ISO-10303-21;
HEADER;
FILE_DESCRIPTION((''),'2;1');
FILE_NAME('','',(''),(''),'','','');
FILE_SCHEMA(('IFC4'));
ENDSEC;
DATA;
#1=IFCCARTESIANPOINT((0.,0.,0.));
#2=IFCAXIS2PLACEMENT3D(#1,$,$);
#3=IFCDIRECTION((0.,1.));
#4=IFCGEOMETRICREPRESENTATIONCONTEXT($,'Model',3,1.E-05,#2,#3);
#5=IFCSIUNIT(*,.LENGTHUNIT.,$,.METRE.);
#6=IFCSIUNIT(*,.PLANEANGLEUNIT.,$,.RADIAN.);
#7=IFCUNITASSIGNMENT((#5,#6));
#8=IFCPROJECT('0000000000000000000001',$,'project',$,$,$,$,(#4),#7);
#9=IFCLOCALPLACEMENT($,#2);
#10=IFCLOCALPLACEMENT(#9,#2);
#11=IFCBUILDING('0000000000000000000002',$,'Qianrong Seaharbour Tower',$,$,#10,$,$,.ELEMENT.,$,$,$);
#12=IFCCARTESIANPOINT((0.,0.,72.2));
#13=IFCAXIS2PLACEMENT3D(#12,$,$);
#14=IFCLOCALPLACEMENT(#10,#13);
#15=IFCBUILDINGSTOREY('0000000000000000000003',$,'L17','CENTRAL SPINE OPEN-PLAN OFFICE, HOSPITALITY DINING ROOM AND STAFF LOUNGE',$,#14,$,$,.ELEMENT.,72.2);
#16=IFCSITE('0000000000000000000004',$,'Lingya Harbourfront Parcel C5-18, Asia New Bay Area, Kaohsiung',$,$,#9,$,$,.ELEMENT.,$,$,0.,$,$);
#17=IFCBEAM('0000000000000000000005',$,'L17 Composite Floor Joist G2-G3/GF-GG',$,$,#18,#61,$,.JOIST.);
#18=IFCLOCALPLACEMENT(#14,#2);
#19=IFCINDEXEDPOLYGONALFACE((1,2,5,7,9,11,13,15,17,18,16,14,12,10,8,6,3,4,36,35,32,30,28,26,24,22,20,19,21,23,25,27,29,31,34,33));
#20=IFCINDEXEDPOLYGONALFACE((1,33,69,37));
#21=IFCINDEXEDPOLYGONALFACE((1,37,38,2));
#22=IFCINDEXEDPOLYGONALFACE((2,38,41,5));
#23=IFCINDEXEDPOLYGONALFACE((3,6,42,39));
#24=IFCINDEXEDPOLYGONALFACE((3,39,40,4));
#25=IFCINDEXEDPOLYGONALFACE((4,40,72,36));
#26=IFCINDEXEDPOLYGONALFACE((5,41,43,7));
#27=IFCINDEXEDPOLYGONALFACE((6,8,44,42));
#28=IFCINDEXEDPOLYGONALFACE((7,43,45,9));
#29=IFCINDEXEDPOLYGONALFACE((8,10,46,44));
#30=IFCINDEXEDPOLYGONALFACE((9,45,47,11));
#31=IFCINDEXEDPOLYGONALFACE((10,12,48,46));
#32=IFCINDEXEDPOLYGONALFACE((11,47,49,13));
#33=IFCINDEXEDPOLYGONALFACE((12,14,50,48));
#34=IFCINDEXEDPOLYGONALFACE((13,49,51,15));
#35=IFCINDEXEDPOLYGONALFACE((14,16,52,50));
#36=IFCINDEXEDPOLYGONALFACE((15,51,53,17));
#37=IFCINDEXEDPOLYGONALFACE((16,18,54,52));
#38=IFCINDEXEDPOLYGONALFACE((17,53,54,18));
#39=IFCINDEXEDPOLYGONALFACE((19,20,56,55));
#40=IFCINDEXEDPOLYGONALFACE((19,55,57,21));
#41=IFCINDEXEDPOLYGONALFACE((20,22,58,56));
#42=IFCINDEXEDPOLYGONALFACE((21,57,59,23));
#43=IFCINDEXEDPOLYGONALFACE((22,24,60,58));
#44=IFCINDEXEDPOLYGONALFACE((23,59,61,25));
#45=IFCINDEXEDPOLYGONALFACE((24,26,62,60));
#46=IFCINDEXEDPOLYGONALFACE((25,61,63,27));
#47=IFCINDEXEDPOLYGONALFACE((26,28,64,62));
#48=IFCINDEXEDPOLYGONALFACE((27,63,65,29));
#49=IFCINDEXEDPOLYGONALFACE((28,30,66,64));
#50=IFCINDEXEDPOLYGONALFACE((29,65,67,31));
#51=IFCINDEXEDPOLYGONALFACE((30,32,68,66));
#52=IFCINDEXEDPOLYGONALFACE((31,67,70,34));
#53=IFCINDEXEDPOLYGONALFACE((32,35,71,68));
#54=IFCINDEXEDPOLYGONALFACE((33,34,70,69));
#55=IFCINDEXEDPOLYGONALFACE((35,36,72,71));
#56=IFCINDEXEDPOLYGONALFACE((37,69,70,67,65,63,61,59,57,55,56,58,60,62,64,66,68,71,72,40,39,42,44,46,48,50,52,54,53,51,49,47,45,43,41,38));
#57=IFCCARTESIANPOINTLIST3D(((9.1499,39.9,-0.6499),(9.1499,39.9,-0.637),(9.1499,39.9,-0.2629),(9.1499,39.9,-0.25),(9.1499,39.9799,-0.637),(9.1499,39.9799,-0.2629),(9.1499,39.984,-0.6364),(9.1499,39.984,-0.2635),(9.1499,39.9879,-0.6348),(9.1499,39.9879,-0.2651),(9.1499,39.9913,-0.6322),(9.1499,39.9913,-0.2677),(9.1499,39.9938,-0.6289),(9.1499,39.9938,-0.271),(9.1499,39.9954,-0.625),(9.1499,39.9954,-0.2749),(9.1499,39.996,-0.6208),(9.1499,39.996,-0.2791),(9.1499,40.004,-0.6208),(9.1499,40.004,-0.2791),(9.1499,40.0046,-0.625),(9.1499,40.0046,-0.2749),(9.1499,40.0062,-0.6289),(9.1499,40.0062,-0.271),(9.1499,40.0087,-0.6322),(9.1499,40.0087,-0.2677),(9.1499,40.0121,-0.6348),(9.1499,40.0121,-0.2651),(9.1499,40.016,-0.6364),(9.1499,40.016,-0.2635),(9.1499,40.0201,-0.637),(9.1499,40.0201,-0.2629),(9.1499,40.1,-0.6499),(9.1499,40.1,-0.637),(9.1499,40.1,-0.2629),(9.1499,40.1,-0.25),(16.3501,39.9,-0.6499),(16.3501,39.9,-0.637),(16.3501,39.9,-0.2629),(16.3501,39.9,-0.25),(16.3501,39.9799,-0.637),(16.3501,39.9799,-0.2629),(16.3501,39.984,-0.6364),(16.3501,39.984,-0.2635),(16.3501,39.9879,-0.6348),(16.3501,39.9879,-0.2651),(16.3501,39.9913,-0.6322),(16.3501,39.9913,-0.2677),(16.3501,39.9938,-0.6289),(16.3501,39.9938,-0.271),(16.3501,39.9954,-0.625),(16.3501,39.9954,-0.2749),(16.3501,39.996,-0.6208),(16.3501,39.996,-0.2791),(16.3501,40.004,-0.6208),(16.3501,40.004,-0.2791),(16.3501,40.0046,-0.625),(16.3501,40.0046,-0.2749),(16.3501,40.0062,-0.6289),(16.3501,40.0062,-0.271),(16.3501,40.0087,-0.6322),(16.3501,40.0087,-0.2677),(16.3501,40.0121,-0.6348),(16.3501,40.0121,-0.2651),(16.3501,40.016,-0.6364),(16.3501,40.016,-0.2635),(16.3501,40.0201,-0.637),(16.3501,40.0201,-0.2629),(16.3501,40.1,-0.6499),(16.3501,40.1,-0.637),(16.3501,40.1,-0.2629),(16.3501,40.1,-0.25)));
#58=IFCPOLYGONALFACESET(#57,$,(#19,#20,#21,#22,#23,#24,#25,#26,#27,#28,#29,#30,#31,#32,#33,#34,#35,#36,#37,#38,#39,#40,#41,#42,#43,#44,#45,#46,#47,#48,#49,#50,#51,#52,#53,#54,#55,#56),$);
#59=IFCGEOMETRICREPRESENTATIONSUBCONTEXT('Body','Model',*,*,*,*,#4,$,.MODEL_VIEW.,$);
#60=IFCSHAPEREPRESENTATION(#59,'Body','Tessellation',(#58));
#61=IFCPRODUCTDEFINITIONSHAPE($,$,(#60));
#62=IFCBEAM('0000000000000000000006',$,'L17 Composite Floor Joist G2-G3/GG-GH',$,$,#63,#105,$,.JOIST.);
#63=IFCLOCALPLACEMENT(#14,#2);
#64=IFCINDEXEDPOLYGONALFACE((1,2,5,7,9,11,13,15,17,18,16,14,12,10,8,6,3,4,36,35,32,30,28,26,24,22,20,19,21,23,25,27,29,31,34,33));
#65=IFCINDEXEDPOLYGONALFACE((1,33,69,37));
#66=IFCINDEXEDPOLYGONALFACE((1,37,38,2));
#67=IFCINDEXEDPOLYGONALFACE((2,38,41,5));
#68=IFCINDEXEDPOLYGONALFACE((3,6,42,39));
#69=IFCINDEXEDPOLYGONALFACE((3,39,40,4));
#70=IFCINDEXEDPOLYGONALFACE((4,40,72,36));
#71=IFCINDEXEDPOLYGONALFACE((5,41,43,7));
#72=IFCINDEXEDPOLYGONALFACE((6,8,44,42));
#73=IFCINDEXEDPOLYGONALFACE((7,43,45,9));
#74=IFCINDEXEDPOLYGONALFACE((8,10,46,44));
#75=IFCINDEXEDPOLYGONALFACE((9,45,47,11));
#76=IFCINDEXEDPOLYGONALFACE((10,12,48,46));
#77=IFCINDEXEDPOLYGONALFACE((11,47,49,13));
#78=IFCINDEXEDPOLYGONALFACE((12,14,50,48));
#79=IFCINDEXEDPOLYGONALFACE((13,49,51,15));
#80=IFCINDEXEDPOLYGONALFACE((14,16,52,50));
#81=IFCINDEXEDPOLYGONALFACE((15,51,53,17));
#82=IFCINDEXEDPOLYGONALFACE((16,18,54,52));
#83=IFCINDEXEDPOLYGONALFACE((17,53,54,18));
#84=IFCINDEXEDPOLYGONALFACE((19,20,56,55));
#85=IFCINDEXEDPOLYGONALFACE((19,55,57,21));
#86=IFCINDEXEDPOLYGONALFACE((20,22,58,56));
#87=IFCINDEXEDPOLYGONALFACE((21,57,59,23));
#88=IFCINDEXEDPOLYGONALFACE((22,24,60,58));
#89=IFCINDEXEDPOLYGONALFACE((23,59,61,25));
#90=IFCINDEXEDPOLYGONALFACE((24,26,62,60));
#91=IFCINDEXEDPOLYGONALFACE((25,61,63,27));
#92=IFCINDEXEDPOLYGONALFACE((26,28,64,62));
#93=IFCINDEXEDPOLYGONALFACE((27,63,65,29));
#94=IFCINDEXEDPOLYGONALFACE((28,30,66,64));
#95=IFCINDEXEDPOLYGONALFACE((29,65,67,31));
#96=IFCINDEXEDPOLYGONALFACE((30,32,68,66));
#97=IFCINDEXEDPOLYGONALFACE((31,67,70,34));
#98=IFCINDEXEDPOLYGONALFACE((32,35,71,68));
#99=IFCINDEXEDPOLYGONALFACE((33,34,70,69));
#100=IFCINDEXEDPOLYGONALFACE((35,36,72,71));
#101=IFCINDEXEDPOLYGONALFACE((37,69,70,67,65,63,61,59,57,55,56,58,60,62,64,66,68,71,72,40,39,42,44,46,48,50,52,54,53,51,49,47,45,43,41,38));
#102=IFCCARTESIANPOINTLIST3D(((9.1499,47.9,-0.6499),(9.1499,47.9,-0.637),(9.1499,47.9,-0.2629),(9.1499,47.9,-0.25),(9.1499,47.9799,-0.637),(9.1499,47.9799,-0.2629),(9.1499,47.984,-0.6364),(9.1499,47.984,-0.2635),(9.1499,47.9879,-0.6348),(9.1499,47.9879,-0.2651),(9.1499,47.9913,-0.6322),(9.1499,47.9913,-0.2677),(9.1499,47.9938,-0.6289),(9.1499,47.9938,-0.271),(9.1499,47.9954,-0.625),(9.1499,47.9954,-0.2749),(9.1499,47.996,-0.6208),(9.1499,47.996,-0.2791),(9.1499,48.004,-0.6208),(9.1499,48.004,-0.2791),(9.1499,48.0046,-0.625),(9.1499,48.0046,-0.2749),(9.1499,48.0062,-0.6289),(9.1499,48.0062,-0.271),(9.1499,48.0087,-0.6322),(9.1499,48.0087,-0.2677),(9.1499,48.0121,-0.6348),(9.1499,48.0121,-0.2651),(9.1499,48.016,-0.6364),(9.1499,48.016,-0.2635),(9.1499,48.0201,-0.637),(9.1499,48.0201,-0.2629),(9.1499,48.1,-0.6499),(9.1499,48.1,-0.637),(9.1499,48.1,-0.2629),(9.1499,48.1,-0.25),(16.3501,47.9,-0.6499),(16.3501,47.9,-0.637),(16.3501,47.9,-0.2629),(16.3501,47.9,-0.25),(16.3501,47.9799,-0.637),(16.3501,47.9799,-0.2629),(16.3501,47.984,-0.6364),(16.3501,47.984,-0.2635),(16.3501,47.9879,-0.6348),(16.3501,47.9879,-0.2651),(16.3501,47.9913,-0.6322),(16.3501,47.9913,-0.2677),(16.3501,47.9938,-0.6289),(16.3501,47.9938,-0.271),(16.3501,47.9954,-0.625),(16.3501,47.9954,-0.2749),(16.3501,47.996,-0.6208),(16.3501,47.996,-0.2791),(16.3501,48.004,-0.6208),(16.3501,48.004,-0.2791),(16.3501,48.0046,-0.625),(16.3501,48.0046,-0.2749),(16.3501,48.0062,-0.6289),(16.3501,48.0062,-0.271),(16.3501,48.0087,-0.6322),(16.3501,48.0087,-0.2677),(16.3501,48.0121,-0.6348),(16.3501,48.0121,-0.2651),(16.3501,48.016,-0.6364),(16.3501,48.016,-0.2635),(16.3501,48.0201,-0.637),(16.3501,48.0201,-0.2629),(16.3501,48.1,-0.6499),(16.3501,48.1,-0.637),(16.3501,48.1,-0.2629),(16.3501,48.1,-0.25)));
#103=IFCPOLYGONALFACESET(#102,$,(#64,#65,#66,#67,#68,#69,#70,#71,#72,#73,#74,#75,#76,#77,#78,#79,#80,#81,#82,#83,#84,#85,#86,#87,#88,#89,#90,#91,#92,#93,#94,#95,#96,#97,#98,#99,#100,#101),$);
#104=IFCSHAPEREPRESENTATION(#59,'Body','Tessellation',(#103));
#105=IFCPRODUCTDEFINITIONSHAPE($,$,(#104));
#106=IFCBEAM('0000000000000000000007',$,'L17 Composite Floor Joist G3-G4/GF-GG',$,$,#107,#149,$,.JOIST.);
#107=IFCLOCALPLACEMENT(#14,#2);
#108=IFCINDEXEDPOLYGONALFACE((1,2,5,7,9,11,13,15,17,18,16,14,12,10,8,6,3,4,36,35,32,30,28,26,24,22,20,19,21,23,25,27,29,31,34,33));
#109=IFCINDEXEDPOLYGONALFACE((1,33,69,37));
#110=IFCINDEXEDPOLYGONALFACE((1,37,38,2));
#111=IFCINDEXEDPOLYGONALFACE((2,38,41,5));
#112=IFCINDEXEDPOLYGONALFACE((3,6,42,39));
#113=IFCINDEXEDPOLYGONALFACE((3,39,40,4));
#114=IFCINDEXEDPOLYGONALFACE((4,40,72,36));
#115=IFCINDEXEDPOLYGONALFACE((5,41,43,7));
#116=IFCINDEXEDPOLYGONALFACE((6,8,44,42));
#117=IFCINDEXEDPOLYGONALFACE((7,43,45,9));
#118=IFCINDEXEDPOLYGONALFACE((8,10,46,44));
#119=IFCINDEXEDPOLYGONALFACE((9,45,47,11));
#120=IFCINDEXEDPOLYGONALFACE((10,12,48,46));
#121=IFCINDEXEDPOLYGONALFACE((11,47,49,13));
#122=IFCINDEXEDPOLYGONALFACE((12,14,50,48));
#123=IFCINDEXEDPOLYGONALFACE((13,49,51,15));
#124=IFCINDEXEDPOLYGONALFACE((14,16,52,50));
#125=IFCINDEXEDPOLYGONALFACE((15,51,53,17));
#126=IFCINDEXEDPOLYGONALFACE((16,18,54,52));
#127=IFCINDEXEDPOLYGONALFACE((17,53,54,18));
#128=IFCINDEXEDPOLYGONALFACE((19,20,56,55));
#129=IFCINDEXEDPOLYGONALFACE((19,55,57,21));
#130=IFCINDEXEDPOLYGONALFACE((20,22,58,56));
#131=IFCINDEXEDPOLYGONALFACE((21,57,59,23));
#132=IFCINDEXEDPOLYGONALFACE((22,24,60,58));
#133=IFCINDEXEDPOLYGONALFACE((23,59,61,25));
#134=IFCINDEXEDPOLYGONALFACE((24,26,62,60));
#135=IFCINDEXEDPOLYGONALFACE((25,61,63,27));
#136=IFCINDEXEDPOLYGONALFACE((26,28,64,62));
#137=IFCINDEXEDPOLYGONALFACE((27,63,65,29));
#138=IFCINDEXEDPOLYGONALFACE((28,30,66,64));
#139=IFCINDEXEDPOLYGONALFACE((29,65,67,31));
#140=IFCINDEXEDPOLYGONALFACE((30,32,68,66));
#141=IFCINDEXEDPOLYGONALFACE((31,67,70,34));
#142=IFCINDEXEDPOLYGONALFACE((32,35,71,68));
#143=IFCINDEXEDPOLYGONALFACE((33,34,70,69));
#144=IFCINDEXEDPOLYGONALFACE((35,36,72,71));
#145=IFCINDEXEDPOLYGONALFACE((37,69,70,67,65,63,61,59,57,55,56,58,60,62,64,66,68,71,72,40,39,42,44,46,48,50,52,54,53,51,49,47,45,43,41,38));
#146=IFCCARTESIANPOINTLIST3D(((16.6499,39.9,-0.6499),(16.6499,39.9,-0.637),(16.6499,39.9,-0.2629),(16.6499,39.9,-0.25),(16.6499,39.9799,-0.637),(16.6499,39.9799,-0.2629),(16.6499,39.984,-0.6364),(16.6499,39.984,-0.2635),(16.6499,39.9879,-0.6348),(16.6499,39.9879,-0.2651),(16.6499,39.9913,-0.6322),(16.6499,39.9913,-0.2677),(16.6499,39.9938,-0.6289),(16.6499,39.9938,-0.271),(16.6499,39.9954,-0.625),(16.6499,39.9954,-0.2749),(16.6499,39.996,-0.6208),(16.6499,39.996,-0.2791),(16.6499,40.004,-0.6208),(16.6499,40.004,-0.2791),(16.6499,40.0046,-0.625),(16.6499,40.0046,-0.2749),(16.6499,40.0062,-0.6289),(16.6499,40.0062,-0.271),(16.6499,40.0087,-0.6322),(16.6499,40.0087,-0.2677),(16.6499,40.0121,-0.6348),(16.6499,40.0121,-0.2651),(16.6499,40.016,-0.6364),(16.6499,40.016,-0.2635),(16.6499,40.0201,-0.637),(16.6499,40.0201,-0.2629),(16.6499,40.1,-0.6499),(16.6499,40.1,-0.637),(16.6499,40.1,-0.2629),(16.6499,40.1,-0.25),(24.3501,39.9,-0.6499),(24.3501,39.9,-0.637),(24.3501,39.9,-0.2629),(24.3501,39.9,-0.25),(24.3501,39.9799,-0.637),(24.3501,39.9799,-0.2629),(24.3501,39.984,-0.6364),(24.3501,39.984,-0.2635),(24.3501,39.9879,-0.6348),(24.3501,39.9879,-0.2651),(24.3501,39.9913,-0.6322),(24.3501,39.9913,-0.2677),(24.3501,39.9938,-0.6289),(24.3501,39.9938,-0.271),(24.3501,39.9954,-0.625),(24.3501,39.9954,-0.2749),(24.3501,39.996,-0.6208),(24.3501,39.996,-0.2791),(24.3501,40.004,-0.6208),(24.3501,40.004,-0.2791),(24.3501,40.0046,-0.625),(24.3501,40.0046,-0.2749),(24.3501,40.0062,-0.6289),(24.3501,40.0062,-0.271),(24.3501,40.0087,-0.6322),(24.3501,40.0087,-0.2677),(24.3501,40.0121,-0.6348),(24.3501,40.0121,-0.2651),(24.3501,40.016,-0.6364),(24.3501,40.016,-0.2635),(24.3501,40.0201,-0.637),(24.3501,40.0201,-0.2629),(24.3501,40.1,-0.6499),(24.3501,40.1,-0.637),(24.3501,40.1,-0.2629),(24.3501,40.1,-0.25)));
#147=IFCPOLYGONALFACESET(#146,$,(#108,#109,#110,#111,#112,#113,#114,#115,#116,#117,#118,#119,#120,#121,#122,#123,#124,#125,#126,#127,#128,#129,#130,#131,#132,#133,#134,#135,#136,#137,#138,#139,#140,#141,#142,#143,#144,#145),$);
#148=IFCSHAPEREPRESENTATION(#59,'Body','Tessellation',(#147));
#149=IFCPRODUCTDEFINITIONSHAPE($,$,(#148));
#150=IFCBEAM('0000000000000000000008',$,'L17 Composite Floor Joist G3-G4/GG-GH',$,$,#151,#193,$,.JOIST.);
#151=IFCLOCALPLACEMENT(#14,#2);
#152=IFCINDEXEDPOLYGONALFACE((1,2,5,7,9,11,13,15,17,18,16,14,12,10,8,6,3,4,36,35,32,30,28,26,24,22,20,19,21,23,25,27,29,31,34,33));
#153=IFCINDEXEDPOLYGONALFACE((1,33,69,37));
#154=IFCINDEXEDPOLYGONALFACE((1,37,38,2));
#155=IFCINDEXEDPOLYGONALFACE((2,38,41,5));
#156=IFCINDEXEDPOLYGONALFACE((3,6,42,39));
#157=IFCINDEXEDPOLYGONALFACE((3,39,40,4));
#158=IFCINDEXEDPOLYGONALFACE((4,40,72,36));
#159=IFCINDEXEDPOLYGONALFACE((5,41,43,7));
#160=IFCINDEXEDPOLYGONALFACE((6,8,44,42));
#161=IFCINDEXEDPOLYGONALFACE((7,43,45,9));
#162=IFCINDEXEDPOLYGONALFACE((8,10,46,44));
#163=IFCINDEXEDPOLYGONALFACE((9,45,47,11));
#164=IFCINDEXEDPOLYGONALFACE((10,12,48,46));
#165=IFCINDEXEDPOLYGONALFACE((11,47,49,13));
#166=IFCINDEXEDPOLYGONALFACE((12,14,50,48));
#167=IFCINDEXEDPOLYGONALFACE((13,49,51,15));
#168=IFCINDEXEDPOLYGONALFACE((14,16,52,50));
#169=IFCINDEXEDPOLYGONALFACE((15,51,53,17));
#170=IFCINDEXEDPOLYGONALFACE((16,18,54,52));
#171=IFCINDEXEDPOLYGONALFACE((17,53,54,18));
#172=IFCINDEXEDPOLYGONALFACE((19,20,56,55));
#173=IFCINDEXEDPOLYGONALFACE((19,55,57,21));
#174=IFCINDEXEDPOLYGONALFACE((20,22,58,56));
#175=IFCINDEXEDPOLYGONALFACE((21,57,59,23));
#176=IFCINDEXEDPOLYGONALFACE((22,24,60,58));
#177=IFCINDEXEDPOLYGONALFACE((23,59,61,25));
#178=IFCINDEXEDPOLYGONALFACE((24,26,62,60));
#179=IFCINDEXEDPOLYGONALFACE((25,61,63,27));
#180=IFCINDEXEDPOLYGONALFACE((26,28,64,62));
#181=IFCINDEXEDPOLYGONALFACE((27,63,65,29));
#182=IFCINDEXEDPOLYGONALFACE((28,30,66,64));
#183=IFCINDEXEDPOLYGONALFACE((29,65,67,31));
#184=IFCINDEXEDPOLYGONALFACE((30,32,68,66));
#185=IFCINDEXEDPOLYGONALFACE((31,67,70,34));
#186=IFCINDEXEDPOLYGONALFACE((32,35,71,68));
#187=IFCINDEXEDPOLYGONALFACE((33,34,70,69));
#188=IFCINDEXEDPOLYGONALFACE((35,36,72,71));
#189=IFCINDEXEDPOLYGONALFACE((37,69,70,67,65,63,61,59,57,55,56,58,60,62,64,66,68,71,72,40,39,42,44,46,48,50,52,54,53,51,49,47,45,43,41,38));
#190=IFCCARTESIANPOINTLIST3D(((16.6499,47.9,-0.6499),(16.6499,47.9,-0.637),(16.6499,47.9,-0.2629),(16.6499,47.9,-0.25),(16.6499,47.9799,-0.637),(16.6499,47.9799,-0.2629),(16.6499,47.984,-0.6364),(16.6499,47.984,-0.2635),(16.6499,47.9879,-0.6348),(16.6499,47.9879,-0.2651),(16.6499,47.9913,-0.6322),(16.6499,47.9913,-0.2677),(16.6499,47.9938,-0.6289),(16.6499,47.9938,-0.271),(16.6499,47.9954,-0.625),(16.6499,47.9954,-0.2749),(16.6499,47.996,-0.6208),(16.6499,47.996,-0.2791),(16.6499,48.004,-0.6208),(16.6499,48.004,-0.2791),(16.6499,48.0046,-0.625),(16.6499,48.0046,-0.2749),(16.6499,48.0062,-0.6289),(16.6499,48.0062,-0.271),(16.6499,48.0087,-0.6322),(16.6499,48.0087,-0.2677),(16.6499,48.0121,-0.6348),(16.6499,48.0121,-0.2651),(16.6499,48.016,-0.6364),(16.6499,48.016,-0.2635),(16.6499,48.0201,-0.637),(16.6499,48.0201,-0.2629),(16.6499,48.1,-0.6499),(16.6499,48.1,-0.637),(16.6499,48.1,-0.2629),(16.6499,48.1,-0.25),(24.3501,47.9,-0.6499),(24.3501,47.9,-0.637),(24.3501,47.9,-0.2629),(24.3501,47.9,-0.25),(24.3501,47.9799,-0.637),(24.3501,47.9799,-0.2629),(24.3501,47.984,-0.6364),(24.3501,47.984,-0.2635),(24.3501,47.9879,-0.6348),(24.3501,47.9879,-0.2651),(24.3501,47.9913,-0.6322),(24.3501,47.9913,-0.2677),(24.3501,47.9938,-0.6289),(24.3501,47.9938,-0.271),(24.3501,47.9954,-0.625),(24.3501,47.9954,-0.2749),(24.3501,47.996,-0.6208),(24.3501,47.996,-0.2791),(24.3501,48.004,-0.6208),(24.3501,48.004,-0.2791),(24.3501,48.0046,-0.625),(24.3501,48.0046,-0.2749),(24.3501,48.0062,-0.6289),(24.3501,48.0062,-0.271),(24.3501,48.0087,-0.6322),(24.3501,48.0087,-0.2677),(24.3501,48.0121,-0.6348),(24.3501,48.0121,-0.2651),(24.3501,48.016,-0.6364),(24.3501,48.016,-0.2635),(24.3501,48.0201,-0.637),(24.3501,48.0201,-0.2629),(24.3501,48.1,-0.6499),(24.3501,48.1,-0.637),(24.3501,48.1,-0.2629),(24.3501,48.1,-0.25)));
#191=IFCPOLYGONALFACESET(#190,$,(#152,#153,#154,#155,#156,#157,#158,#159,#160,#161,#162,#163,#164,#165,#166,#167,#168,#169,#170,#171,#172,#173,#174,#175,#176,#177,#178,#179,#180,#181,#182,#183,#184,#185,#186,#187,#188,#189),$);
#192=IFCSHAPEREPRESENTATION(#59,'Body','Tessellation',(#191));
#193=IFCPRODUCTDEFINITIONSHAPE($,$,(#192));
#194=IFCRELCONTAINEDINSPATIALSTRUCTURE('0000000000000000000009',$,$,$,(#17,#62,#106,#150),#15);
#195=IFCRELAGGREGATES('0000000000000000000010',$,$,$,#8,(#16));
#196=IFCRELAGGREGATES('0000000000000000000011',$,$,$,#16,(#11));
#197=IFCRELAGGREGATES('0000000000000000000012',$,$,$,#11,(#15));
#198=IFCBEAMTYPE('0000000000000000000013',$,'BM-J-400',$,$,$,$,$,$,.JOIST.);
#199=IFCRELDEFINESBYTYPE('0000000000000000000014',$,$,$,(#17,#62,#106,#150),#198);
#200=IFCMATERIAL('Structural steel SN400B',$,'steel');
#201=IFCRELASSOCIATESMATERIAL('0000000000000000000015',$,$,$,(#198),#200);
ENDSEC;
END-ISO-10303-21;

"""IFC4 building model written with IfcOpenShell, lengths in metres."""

from ifc_helpers import new_model, si_unit, direction, frame, origin, origin_2d, place, context, subcontext, project, spatial, i_section, extrude, material, material_profile, profile_set, type_object, element, save


model = new_model("IFC4")

# Units and contexts
model_context = context("Model", 3, precision=1e-05, world=origin(), true_north=direction((0.0, 1.0)))
body_context = subcontext(model_context, "Body", "Model", "MODEL_VIEW")
ifc_project = project(units=[si_unit("LENGTHUNIT", "METRE"), si_unit("PLANEANGLEUNIT", "RADIAN")], contexts=[model_context])

# Site, building, storey
site_placement = place(None, origin())
site = spatial("IfcSite", under=ifc_project, at=site_placement, Name="Lingya Harbourfront Parcel C5-18, Asia New Bay Area, Kaohsiung", CompositionType="ELEMENT", RefElevation=0.0)
building_placement = place(site_placement, origin())
building = spatial("IfcBuilding", under=site, at=building_placement, Name="Qianrong Seaharbour Tower", CompositionType="ELEMENT")
storey_placement = place(building_placement, frame((0.0, 0.0, 72.2)))
storey = spatial("IfcBuildingStorey", under=building, at=storey_placement, Name="L17", Description="CENTRAL SPINE OPEN-PLAN OFFICE, HOSPITALITY DINING ROOM AND STAFF LOUNGE", CompositionType="ELEMENT", Elevation=72.2)

# Beams
ifc_material_1 = material(Name="Structural steel SN400B", Category="steel")
ifc_material_profile_1 = material_profile(ifc_material_1, i_section(OverallWidth=0.2, OverallDepth=0.3999, WebThickness=0.0081, FlangeThickness=0.0129, FilletRadius=0.0161, at=origin_2d()), Name="H400x200x8x13")
ifc_profile_set_1 = profile_set([ifc_material_profile_1], Name="Structural steel SN400B")
beam_type_1 = type_object("IfcBeamType", Name="BM-J-400", PredefinedType="JOIST", material=ifc_profile_set_1)
for number, where, z_axis, x_axis, name in (
    (1, (9.1499, 40.0, -0.45), (1.0, 0.0, 0.0), (0.0, 1.0, 0.0), "L17 Composite Floor Joist G2-G3/GF-GG"),
    (2, (9.1499, 48.0, -0.45), (1.0, 0.0, 0.0), (0.0, 1.0, 0.0), "L17 Composite Floor Joist G2-G3/GG-GH"),
):
    element("IfcBeam", number, at=place(storey_placement, frame(where, z_axis=z_axis, x_axis=x_axis)), inside=storey, type_object=beam_type_1, Name=name, PredefinedType="JOIST", context=body_context, shape_type="SweptSolid", body=[
        extrude(i_section(OverallWidth=0.2, OverallDepth=0.3999, WebThickness=0.0081, FlangeThickness=0.0129, FilletRadius=0.0161, at=origin_2d()), origin(), (0.0, 0.0, 1.0), 7.2002),
    ])
for number, where, z_axis, x_axis, name in (
    (3, (16.6499, 40.0, -0.45), (1.0, 0.0, 0.0), (0.0, 1.0, 0.0), "L17 Composite Floor Joist G3-G4/GF-GG"),
    (4, (16.6499, 48.0, -0.45), (1.0, 0.0, 0.0), (0.0, 1.0, 0.0), "L17 Composite Floor Joist G3-G4/GG-GH"),
):
    element("IfcBeam", number, at=place(storey_placement, frame(where, z_axis=z_axis, x_axis=x_axis)), inside=storey, type_object=beam_type_1, Name=name, PredefinedType="JOIST", context=body_context, shape_type="SweptSolid", body=[
        extrude(i_section(OverallWidth=0.2, OverallDepth=0.3999, WebThickness=0.0081, FlangeThickness=0.0129, FilletRadius=0.0161, at=origin_2d()), origin(), (0.0, 0.0, 1.0), 7.7002),
    ])

save(model, "model.ifc")
